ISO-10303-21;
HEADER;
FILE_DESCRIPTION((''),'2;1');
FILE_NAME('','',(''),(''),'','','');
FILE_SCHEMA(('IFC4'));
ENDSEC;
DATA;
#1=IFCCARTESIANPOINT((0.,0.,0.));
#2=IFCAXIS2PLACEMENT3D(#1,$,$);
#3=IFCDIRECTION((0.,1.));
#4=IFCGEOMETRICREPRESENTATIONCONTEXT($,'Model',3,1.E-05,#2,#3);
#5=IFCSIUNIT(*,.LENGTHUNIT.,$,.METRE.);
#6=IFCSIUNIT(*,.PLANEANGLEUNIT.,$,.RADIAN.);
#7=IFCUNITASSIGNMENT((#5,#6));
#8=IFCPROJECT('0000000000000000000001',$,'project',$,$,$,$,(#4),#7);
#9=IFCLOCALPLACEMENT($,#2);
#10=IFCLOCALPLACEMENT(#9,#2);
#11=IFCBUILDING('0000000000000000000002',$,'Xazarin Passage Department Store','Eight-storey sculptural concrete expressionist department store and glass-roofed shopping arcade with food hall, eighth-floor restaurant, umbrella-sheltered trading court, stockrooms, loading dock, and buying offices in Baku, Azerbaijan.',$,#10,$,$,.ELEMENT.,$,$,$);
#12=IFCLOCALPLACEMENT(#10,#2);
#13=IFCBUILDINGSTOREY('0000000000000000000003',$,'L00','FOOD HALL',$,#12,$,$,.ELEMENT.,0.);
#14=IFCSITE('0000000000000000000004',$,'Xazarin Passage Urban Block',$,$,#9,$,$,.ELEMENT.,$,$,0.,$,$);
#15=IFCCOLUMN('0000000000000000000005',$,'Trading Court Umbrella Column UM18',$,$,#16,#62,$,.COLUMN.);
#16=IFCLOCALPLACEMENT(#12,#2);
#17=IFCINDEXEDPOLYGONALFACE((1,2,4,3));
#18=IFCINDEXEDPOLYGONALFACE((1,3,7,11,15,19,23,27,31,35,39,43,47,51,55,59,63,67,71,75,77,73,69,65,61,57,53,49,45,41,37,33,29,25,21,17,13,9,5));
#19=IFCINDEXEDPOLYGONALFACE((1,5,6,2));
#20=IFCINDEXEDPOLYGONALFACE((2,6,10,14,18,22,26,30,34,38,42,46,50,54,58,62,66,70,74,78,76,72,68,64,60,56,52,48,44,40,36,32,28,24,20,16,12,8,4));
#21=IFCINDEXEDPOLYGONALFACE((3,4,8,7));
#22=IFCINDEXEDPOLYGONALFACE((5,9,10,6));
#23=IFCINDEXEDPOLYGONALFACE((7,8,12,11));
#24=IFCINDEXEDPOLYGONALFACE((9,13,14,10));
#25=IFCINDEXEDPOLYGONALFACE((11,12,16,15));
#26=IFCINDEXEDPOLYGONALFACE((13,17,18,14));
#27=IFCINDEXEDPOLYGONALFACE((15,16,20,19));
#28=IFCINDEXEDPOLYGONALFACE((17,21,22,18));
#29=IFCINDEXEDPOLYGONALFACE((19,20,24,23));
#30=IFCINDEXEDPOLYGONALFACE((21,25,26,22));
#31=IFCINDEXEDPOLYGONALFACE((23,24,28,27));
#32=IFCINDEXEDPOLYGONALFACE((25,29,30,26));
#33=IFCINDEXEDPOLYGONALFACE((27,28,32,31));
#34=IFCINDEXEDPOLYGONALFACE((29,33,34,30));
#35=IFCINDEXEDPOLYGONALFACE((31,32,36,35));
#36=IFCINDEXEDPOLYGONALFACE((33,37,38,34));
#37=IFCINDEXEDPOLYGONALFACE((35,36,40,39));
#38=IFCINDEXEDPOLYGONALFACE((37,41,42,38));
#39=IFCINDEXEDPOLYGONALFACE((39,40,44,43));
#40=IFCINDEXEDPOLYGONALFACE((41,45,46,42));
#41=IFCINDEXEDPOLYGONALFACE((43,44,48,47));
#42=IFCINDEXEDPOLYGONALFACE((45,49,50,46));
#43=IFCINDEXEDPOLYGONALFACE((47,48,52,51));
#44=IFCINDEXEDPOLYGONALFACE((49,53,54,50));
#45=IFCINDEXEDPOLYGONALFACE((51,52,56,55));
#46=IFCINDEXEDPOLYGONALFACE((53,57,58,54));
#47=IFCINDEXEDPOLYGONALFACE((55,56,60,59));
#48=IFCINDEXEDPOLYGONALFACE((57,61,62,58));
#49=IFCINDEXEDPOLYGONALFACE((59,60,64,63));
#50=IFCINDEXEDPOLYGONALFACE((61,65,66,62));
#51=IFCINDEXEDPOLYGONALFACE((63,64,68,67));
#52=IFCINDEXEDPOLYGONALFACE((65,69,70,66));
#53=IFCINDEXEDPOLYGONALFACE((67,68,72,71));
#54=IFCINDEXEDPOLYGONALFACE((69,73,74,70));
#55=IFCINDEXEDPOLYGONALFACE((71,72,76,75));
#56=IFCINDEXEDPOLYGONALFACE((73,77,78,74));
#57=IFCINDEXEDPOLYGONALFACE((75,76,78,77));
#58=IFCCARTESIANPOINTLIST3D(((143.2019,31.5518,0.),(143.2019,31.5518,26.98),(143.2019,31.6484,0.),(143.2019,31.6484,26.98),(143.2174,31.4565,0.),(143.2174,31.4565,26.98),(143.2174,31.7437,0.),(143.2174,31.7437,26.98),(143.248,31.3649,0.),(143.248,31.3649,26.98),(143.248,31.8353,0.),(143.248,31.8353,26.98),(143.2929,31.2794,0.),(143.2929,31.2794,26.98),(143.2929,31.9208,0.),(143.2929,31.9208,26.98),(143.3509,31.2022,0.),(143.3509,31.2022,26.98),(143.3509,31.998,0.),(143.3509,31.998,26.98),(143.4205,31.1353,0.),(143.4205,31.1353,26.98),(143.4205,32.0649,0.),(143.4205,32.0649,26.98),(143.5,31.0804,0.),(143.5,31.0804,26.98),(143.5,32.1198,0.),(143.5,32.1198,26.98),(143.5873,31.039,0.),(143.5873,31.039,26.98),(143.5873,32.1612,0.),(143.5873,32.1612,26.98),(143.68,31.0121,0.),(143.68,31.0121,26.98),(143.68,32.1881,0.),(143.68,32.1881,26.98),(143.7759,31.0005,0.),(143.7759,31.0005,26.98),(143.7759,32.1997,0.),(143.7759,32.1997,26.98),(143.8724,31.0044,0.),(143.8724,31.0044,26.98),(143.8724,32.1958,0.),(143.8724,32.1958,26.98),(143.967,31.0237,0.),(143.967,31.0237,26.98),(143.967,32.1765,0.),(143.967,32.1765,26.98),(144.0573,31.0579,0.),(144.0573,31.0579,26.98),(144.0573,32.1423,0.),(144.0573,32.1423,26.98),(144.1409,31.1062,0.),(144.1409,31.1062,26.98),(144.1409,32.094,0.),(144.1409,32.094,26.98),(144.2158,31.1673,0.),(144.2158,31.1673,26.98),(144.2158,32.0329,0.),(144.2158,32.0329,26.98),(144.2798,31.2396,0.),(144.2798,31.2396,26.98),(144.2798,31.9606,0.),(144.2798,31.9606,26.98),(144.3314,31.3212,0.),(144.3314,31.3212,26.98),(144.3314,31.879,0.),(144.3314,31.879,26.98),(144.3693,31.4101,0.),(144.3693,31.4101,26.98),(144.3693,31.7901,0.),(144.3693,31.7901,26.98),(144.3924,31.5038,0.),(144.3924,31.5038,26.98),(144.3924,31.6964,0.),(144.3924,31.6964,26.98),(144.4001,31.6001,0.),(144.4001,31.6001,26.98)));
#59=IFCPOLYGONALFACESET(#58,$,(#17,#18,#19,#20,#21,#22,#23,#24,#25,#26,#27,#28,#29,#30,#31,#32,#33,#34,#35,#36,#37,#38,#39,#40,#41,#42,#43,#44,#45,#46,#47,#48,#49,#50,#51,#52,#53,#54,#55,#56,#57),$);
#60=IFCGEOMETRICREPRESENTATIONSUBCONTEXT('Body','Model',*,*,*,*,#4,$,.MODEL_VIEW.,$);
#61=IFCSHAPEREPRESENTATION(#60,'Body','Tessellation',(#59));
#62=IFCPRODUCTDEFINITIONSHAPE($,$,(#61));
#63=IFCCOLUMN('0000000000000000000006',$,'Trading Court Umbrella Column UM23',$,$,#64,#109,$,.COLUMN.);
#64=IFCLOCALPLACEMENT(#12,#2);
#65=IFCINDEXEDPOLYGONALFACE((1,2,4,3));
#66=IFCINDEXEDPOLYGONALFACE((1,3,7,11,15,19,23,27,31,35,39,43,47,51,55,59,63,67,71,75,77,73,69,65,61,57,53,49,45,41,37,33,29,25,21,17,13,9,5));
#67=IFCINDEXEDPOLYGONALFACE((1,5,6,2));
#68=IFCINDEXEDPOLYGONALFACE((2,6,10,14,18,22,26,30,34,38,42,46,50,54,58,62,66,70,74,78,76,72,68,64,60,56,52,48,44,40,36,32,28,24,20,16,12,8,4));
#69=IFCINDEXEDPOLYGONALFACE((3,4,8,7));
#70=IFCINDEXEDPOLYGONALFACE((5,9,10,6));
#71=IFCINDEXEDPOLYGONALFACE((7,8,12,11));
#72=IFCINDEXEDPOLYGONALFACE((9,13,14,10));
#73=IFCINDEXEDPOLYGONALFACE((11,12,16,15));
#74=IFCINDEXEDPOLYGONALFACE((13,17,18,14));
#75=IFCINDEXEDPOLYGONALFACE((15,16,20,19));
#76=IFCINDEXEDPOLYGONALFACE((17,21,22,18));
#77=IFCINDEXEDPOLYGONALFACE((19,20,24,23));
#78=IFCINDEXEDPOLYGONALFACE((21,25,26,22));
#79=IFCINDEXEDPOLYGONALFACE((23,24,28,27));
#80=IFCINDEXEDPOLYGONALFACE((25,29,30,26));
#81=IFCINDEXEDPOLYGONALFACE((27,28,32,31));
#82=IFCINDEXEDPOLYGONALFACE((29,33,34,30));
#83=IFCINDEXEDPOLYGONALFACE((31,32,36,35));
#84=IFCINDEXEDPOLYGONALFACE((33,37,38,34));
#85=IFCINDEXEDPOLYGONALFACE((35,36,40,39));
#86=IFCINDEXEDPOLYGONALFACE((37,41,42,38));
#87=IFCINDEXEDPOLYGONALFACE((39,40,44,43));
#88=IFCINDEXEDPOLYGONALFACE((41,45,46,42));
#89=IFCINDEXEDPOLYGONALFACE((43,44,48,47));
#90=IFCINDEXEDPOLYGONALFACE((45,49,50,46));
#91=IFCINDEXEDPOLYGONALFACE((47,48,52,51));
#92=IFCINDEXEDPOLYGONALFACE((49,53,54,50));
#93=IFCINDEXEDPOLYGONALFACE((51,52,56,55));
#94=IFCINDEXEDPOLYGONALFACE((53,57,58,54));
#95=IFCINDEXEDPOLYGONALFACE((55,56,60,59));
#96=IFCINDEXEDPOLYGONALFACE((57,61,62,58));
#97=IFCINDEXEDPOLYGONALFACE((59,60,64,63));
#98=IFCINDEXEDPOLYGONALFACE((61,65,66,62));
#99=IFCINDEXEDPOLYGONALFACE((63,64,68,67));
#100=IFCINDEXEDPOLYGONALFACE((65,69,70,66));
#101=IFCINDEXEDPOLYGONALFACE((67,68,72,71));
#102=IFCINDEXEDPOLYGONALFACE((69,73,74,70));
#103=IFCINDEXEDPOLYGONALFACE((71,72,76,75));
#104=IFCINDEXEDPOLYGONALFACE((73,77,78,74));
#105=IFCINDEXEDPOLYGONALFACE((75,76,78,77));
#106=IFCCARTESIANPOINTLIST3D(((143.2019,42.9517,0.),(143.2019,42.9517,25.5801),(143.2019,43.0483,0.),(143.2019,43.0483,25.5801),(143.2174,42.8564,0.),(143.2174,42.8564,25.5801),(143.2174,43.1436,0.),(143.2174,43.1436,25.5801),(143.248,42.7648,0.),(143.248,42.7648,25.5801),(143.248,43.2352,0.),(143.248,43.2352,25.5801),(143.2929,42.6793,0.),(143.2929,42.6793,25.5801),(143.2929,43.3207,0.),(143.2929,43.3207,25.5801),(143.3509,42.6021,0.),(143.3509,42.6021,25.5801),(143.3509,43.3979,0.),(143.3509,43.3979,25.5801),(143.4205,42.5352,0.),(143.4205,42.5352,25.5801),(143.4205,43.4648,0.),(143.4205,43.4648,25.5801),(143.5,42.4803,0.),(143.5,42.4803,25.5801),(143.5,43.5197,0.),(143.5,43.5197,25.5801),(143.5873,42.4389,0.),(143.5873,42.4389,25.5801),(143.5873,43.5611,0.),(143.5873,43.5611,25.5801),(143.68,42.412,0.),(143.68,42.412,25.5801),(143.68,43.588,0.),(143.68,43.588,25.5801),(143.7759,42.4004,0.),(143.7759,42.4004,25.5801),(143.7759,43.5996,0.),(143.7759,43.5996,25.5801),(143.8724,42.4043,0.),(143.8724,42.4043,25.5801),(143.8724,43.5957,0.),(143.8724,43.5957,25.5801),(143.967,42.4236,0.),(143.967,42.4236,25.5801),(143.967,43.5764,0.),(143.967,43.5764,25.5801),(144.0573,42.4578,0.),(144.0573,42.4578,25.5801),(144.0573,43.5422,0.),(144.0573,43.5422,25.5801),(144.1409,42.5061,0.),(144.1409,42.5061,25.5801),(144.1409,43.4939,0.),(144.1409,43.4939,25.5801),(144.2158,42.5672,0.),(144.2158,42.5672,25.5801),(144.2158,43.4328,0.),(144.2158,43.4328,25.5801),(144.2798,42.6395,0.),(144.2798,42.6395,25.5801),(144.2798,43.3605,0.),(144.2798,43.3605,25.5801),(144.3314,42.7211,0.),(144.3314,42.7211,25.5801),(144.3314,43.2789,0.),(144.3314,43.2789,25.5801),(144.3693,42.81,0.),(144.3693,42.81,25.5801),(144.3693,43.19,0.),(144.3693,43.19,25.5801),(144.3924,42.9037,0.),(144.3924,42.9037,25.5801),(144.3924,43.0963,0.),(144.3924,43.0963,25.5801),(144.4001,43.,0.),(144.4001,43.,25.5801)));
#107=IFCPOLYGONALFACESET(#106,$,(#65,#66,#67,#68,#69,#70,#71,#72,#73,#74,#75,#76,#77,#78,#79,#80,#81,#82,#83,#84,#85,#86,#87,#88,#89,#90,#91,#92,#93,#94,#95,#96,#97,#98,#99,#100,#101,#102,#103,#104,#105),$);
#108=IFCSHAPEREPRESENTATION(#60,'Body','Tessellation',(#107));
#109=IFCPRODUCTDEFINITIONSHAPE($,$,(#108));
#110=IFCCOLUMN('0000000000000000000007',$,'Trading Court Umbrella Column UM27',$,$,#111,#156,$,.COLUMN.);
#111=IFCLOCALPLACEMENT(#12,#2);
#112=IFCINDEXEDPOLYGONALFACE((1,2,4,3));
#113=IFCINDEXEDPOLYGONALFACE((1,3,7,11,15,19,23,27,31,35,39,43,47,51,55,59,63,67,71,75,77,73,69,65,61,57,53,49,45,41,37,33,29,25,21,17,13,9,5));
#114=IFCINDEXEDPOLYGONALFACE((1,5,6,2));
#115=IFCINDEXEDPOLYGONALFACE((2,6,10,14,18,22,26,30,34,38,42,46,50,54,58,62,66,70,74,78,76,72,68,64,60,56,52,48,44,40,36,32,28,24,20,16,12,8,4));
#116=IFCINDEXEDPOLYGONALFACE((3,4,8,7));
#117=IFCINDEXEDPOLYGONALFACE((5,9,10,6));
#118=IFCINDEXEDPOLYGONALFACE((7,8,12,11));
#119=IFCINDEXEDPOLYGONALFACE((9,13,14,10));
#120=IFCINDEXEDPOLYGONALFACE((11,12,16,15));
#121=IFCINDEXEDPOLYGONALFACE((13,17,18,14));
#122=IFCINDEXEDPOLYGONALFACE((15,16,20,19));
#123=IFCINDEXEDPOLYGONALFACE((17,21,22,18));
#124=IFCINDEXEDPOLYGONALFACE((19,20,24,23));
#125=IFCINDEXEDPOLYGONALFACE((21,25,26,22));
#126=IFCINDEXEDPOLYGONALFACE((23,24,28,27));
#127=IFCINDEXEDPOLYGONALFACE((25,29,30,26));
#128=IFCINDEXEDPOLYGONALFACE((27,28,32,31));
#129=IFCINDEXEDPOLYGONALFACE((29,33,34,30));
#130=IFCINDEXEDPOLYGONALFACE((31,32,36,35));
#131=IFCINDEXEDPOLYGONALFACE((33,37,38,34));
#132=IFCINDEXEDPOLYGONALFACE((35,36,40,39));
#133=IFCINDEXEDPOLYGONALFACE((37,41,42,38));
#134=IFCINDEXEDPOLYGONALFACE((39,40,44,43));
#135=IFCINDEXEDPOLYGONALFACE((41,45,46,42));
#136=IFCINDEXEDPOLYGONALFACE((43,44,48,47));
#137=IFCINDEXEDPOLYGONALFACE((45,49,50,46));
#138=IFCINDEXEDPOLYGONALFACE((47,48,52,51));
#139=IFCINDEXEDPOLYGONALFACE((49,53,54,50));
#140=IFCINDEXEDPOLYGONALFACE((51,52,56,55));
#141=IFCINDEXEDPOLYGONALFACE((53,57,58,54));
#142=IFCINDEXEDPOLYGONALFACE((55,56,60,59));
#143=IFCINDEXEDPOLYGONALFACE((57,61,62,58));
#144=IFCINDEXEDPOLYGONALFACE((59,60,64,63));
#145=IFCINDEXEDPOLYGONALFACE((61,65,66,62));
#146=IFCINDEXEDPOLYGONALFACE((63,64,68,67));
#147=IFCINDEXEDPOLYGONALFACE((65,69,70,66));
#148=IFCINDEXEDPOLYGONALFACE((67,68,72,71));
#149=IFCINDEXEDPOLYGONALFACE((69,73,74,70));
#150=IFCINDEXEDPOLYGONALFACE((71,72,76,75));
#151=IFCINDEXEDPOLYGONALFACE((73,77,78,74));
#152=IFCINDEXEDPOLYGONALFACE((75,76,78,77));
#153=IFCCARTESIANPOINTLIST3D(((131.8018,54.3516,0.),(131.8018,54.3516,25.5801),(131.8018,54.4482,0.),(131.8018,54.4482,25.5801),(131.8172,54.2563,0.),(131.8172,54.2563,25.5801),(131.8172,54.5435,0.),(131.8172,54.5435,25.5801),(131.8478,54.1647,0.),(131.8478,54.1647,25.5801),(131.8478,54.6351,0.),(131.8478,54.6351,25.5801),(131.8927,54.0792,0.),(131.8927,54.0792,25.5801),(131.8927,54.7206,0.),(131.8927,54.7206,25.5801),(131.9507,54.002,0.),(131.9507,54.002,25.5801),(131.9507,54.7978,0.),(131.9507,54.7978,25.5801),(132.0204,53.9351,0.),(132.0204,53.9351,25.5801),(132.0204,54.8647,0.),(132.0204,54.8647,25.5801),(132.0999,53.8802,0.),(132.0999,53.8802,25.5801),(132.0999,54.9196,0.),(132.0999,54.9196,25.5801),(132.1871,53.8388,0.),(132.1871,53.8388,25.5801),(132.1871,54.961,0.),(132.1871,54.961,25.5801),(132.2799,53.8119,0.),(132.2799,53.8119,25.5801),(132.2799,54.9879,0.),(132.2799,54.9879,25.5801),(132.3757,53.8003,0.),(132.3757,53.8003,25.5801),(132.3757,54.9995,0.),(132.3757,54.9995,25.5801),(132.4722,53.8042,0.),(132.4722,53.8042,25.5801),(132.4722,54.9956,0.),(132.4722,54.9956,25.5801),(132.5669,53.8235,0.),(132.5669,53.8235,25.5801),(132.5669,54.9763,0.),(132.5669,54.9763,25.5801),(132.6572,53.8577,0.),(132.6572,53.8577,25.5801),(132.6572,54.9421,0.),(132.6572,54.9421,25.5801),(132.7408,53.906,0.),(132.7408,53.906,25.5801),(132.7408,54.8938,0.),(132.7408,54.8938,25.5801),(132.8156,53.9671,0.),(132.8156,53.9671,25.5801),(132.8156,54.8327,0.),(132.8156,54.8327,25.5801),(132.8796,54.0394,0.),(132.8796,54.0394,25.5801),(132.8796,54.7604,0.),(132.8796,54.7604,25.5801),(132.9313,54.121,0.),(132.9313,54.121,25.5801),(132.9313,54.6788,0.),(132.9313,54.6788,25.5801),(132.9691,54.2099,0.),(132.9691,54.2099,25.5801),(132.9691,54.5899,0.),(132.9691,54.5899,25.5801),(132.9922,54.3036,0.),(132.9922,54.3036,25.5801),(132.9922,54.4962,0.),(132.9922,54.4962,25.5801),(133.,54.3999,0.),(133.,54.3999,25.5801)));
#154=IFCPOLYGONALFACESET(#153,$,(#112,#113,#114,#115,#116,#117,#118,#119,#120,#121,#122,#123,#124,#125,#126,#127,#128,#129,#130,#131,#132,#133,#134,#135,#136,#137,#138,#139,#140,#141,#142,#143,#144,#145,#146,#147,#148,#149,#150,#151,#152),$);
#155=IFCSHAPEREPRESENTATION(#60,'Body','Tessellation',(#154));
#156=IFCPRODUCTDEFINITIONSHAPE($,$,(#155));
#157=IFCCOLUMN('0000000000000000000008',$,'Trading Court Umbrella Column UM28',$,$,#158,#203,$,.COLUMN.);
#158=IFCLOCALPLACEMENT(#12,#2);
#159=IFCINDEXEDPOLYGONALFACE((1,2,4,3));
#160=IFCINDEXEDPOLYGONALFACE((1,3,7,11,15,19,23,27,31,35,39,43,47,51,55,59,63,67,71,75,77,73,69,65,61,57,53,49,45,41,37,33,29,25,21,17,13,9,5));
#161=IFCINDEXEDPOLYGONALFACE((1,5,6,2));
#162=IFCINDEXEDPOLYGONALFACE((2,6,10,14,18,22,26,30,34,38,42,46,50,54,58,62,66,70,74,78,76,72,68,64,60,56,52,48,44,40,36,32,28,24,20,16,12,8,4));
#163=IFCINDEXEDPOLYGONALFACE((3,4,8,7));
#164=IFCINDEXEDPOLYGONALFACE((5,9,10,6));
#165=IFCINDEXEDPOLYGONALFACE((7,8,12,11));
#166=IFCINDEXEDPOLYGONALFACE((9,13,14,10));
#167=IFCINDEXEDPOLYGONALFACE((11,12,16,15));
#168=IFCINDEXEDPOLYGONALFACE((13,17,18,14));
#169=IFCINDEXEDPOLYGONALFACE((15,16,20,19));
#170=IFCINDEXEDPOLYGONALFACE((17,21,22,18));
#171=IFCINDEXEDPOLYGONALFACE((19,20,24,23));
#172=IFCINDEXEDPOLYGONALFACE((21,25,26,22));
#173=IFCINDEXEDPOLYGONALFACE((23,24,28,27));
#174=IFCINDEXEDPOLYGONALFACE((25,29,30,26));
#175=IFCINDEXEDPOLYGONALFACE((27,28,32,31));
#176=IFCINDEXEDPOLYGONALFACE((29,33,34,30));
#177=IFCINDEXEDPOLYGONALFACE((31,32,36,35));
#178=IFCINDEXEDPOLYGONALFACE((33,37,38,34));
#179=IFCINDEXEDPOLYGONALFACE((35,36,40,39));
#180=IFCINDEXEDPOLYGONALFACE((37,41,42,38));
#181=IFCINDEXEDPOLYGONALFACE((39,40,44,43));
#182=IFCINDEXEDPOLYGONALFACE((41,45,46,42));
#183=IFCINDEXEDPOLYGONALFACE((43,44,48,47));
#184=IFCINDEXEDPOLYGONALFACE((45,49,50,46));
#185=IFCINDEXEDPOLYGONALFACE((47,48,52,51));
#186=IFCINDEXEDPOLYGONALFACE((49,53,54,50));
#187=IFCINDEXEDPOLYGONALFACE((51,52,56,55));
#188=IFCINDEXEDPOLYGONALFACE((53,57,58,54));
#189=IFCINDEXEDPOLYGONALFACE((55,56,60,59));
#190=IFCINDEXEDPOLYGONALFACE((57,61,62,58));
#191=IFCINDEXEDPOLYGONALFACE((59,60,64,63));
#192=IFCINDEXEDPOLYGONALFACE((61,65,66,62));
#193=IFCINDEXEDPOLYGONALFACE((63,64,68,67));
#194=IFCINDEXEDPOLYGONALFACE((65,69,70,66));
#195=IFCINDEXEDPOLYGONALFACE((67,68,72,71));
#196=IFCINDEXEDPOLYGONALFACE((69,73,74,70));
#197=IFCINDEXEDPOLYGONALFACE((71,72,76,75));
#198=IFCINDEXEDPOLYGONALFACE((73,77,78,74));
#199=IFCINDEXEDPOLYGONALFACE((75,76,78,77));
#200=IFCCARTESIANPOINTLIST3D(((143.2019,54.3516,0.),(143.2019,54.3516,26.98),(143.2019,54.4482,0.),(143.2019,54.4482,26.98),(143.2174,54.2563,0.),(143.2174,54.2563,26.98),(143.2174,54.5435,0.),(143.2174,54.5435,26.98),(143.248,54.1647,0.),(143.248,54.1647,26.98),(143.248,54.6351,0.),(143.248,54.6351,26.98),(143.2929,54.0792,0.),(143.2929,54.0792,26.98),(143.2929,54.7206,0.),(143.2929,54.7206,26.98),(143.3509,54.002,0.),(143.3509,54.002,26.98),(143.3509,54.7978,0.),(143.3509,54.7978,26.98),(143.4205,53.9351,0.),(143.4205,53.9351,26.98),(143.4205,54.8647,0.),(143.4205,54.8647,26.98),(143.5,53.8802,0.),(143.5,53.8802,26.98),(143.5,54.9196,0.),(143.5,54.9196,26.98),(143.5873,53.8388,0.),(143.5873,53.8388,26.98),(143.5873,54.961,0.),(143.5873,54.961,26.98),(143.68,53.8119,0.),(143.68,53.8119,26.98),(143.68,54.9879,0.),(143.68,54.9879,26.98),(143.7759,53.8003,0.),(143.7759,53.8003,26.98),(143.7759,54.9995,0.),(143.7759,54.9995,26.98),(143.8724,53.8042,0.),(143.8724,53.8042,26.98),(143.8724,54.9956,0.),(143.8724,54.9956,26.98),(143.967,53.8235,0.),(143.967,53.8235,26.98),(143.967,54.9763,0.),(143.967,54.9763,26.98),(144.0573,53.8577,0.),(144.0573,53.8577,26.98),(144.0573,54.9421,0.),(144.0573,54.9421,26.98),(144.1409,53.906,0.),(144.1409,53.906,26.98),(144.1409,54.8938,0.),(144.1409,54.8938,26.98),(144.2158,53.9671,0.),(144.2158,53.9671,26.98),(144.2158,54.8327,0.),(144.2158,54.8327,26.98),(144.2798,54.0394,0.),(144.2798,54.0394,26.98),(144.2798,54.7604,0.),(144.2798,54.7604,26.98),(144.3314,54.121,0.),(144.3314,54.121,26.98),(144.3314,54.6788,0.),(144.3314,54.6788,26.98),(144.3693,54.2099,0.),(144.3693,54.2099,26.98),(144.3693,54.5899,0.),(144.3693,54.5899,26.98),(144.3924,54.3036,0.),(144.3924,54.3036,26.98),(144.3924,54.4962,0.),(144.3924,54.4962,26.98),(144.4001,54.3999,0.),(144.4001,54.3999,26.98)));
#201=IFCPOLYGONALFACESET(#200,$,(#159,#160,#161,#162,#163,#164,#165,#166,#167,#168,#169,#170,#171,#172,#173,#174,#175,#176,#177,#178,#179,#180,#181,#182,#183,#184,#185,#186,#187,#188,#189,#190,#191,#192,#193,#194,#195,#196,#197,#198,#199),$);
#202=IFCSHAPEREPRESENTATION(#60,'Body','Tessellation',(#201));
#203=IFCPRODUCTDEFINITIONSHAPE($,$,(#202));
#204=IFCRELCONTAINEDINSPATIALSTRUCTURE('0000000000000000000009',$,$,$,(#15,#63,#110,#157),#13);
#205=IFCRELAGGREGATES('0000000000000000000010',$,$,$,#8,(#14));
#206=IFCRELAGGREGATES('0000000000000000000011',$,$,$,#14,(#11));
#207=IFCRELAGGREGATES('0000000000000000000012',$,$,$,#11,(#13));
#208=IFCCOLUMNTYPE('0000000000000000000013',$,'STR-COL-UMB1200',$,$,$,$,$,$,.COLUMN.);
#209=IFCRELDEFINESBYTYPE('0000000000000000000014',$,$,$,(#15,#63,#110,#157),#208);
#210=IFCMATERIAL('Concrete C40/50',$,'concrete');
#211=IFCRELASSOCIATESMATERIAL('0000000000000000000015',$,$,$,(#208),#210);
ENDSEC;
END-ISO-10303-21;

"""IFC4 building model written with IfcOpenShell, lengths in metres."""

from ifc_helpers import new_model, si_unit, direction, frame, origin, origin_2d, place, context, subcontext, project, spatial, circle, extrude, material, material_profile, profile_set, type_object, element, save


model = new_model("IFC4")

# Units and contexts
model_context = context("Model", 3, precision=1e-05, world=origin(), true_north=direction((0.0, 1.0)))
body_context = subcontext(model_context, "Body", "Model", "MODEL_VIEW")
ifc_project = project(units=[si_unit("LENGTHUNIT", "METRE"), si_unit("PLANEANGLEUNIT", "RADIAN")], contexts=[model_context])

# Site, building, storey
site_placement = place(None, origin())
site = spatial("IfcSite", under=ifc_project, at=site_placement, Name="Xazarin Passage Urban Block", CompositionType="ELEMENT", RefElevation=0.0)
building_placement = place(site_placement, origin())
building = spatial("IfcBuilding", under=site, at=building_placement, Name="Xazarin Passage Department Store", Description="Eight-storey sculptural concrete expressionist department store and glass-roofed shopping arcade with food hall, eighth-floor restaurant, umbrella-sheltered trading court, stockrooms, loading dock, and buying offices in Baku, Azerbaijan.", CompositionType="ELEMENT")
storey_placement = place(building_placement, origin())
storey = spatial("IfcBuildingStorey", under=building, at=storey_placement, Name="L00", Description="FOOD HALL", CompositionType="ELEMENT", Elevation=0.0)

# Columns
ifc_material = material(Name="Concrete C40/50", Category="concrete")
ifc_material_profile_1 = material_profile(ifc_material, circle(Radius=0.6001, at=origin_2d()), Name="RCD 1200")
ifc_profile_set_1 = profile_set([ifc_material_profile_1], Name="Concrete C40/50")
column_type = type_object("IfcColumnType", Name="STR-COL-UMB1200", PredefinedType="COLUMN", material=ifc_profile_set_1)
column_1_placement = place(storey_placement, frame((143.8, 31.6001, 0.0), z_axis=(0.0, 0.0, 1.0), x_axis=(1.0, 0.0, 0.0)))
element("IfcColumn", 1, at=column_1_placement, inside=storey, type_object=column_type, Name="Trading Court Umbrella Column UM18", PredefinedType="COLUMN", context=body_context, shape_type="SweptSolid", body=[
    extrude(circle(Radius=0.6001, at=origin_2d()), origin(), (0.0, 0.0, 1.0), 26.98),
])
for number, where, z_axis, x_axis, name in (
    (2, (143.8, 43.0, 0.0), (0.0, 0.0, 1.0), (1.0, 0.0, 0.0), "Trading Court Umbrella Column UM23"),
    (3, (132.3999, 54.3999, 0.0), (0.0, 0.0, 1.0), (1.0, 0.0, 0.0), "Trading Court Umbrella Column UM27"),
):
    element("IfcColumn", number, at=place(storey_placement, frame(where, z_axis=z_axis, x_axis=x_axis)), inside=storey, type_object=column_type, Name=name, PredefinedType="COLUMN", context=body_context, shape_type="SweptSolid", body=[
        extrude(circle(Radius=0.6001, at=origin_2d()), origin(), (0.0, 0.0, 1.0), 25.5801),
    ])
column_2_placement = place(storey_placement, frame((143.8, 54.3999, 0.0), z_axis=(0.0, 0.0, 1.0), x_axis=(1.0, 0.0, 0.0)))
element("IfcColumn", 4, at=column_2_placement, inside=storey, type_object=column_type, Name="Trading Court Umbrella Column UM28", PredefinedType="COLUMN", context=body_context, shape_type="SweptSolid", body=[
    extrude(circle(Radius=0.6001, at=origin_2d()), origin(), (0.0, 0.0, 1.0), 26.98),
])

save(model, "model.ifc")
